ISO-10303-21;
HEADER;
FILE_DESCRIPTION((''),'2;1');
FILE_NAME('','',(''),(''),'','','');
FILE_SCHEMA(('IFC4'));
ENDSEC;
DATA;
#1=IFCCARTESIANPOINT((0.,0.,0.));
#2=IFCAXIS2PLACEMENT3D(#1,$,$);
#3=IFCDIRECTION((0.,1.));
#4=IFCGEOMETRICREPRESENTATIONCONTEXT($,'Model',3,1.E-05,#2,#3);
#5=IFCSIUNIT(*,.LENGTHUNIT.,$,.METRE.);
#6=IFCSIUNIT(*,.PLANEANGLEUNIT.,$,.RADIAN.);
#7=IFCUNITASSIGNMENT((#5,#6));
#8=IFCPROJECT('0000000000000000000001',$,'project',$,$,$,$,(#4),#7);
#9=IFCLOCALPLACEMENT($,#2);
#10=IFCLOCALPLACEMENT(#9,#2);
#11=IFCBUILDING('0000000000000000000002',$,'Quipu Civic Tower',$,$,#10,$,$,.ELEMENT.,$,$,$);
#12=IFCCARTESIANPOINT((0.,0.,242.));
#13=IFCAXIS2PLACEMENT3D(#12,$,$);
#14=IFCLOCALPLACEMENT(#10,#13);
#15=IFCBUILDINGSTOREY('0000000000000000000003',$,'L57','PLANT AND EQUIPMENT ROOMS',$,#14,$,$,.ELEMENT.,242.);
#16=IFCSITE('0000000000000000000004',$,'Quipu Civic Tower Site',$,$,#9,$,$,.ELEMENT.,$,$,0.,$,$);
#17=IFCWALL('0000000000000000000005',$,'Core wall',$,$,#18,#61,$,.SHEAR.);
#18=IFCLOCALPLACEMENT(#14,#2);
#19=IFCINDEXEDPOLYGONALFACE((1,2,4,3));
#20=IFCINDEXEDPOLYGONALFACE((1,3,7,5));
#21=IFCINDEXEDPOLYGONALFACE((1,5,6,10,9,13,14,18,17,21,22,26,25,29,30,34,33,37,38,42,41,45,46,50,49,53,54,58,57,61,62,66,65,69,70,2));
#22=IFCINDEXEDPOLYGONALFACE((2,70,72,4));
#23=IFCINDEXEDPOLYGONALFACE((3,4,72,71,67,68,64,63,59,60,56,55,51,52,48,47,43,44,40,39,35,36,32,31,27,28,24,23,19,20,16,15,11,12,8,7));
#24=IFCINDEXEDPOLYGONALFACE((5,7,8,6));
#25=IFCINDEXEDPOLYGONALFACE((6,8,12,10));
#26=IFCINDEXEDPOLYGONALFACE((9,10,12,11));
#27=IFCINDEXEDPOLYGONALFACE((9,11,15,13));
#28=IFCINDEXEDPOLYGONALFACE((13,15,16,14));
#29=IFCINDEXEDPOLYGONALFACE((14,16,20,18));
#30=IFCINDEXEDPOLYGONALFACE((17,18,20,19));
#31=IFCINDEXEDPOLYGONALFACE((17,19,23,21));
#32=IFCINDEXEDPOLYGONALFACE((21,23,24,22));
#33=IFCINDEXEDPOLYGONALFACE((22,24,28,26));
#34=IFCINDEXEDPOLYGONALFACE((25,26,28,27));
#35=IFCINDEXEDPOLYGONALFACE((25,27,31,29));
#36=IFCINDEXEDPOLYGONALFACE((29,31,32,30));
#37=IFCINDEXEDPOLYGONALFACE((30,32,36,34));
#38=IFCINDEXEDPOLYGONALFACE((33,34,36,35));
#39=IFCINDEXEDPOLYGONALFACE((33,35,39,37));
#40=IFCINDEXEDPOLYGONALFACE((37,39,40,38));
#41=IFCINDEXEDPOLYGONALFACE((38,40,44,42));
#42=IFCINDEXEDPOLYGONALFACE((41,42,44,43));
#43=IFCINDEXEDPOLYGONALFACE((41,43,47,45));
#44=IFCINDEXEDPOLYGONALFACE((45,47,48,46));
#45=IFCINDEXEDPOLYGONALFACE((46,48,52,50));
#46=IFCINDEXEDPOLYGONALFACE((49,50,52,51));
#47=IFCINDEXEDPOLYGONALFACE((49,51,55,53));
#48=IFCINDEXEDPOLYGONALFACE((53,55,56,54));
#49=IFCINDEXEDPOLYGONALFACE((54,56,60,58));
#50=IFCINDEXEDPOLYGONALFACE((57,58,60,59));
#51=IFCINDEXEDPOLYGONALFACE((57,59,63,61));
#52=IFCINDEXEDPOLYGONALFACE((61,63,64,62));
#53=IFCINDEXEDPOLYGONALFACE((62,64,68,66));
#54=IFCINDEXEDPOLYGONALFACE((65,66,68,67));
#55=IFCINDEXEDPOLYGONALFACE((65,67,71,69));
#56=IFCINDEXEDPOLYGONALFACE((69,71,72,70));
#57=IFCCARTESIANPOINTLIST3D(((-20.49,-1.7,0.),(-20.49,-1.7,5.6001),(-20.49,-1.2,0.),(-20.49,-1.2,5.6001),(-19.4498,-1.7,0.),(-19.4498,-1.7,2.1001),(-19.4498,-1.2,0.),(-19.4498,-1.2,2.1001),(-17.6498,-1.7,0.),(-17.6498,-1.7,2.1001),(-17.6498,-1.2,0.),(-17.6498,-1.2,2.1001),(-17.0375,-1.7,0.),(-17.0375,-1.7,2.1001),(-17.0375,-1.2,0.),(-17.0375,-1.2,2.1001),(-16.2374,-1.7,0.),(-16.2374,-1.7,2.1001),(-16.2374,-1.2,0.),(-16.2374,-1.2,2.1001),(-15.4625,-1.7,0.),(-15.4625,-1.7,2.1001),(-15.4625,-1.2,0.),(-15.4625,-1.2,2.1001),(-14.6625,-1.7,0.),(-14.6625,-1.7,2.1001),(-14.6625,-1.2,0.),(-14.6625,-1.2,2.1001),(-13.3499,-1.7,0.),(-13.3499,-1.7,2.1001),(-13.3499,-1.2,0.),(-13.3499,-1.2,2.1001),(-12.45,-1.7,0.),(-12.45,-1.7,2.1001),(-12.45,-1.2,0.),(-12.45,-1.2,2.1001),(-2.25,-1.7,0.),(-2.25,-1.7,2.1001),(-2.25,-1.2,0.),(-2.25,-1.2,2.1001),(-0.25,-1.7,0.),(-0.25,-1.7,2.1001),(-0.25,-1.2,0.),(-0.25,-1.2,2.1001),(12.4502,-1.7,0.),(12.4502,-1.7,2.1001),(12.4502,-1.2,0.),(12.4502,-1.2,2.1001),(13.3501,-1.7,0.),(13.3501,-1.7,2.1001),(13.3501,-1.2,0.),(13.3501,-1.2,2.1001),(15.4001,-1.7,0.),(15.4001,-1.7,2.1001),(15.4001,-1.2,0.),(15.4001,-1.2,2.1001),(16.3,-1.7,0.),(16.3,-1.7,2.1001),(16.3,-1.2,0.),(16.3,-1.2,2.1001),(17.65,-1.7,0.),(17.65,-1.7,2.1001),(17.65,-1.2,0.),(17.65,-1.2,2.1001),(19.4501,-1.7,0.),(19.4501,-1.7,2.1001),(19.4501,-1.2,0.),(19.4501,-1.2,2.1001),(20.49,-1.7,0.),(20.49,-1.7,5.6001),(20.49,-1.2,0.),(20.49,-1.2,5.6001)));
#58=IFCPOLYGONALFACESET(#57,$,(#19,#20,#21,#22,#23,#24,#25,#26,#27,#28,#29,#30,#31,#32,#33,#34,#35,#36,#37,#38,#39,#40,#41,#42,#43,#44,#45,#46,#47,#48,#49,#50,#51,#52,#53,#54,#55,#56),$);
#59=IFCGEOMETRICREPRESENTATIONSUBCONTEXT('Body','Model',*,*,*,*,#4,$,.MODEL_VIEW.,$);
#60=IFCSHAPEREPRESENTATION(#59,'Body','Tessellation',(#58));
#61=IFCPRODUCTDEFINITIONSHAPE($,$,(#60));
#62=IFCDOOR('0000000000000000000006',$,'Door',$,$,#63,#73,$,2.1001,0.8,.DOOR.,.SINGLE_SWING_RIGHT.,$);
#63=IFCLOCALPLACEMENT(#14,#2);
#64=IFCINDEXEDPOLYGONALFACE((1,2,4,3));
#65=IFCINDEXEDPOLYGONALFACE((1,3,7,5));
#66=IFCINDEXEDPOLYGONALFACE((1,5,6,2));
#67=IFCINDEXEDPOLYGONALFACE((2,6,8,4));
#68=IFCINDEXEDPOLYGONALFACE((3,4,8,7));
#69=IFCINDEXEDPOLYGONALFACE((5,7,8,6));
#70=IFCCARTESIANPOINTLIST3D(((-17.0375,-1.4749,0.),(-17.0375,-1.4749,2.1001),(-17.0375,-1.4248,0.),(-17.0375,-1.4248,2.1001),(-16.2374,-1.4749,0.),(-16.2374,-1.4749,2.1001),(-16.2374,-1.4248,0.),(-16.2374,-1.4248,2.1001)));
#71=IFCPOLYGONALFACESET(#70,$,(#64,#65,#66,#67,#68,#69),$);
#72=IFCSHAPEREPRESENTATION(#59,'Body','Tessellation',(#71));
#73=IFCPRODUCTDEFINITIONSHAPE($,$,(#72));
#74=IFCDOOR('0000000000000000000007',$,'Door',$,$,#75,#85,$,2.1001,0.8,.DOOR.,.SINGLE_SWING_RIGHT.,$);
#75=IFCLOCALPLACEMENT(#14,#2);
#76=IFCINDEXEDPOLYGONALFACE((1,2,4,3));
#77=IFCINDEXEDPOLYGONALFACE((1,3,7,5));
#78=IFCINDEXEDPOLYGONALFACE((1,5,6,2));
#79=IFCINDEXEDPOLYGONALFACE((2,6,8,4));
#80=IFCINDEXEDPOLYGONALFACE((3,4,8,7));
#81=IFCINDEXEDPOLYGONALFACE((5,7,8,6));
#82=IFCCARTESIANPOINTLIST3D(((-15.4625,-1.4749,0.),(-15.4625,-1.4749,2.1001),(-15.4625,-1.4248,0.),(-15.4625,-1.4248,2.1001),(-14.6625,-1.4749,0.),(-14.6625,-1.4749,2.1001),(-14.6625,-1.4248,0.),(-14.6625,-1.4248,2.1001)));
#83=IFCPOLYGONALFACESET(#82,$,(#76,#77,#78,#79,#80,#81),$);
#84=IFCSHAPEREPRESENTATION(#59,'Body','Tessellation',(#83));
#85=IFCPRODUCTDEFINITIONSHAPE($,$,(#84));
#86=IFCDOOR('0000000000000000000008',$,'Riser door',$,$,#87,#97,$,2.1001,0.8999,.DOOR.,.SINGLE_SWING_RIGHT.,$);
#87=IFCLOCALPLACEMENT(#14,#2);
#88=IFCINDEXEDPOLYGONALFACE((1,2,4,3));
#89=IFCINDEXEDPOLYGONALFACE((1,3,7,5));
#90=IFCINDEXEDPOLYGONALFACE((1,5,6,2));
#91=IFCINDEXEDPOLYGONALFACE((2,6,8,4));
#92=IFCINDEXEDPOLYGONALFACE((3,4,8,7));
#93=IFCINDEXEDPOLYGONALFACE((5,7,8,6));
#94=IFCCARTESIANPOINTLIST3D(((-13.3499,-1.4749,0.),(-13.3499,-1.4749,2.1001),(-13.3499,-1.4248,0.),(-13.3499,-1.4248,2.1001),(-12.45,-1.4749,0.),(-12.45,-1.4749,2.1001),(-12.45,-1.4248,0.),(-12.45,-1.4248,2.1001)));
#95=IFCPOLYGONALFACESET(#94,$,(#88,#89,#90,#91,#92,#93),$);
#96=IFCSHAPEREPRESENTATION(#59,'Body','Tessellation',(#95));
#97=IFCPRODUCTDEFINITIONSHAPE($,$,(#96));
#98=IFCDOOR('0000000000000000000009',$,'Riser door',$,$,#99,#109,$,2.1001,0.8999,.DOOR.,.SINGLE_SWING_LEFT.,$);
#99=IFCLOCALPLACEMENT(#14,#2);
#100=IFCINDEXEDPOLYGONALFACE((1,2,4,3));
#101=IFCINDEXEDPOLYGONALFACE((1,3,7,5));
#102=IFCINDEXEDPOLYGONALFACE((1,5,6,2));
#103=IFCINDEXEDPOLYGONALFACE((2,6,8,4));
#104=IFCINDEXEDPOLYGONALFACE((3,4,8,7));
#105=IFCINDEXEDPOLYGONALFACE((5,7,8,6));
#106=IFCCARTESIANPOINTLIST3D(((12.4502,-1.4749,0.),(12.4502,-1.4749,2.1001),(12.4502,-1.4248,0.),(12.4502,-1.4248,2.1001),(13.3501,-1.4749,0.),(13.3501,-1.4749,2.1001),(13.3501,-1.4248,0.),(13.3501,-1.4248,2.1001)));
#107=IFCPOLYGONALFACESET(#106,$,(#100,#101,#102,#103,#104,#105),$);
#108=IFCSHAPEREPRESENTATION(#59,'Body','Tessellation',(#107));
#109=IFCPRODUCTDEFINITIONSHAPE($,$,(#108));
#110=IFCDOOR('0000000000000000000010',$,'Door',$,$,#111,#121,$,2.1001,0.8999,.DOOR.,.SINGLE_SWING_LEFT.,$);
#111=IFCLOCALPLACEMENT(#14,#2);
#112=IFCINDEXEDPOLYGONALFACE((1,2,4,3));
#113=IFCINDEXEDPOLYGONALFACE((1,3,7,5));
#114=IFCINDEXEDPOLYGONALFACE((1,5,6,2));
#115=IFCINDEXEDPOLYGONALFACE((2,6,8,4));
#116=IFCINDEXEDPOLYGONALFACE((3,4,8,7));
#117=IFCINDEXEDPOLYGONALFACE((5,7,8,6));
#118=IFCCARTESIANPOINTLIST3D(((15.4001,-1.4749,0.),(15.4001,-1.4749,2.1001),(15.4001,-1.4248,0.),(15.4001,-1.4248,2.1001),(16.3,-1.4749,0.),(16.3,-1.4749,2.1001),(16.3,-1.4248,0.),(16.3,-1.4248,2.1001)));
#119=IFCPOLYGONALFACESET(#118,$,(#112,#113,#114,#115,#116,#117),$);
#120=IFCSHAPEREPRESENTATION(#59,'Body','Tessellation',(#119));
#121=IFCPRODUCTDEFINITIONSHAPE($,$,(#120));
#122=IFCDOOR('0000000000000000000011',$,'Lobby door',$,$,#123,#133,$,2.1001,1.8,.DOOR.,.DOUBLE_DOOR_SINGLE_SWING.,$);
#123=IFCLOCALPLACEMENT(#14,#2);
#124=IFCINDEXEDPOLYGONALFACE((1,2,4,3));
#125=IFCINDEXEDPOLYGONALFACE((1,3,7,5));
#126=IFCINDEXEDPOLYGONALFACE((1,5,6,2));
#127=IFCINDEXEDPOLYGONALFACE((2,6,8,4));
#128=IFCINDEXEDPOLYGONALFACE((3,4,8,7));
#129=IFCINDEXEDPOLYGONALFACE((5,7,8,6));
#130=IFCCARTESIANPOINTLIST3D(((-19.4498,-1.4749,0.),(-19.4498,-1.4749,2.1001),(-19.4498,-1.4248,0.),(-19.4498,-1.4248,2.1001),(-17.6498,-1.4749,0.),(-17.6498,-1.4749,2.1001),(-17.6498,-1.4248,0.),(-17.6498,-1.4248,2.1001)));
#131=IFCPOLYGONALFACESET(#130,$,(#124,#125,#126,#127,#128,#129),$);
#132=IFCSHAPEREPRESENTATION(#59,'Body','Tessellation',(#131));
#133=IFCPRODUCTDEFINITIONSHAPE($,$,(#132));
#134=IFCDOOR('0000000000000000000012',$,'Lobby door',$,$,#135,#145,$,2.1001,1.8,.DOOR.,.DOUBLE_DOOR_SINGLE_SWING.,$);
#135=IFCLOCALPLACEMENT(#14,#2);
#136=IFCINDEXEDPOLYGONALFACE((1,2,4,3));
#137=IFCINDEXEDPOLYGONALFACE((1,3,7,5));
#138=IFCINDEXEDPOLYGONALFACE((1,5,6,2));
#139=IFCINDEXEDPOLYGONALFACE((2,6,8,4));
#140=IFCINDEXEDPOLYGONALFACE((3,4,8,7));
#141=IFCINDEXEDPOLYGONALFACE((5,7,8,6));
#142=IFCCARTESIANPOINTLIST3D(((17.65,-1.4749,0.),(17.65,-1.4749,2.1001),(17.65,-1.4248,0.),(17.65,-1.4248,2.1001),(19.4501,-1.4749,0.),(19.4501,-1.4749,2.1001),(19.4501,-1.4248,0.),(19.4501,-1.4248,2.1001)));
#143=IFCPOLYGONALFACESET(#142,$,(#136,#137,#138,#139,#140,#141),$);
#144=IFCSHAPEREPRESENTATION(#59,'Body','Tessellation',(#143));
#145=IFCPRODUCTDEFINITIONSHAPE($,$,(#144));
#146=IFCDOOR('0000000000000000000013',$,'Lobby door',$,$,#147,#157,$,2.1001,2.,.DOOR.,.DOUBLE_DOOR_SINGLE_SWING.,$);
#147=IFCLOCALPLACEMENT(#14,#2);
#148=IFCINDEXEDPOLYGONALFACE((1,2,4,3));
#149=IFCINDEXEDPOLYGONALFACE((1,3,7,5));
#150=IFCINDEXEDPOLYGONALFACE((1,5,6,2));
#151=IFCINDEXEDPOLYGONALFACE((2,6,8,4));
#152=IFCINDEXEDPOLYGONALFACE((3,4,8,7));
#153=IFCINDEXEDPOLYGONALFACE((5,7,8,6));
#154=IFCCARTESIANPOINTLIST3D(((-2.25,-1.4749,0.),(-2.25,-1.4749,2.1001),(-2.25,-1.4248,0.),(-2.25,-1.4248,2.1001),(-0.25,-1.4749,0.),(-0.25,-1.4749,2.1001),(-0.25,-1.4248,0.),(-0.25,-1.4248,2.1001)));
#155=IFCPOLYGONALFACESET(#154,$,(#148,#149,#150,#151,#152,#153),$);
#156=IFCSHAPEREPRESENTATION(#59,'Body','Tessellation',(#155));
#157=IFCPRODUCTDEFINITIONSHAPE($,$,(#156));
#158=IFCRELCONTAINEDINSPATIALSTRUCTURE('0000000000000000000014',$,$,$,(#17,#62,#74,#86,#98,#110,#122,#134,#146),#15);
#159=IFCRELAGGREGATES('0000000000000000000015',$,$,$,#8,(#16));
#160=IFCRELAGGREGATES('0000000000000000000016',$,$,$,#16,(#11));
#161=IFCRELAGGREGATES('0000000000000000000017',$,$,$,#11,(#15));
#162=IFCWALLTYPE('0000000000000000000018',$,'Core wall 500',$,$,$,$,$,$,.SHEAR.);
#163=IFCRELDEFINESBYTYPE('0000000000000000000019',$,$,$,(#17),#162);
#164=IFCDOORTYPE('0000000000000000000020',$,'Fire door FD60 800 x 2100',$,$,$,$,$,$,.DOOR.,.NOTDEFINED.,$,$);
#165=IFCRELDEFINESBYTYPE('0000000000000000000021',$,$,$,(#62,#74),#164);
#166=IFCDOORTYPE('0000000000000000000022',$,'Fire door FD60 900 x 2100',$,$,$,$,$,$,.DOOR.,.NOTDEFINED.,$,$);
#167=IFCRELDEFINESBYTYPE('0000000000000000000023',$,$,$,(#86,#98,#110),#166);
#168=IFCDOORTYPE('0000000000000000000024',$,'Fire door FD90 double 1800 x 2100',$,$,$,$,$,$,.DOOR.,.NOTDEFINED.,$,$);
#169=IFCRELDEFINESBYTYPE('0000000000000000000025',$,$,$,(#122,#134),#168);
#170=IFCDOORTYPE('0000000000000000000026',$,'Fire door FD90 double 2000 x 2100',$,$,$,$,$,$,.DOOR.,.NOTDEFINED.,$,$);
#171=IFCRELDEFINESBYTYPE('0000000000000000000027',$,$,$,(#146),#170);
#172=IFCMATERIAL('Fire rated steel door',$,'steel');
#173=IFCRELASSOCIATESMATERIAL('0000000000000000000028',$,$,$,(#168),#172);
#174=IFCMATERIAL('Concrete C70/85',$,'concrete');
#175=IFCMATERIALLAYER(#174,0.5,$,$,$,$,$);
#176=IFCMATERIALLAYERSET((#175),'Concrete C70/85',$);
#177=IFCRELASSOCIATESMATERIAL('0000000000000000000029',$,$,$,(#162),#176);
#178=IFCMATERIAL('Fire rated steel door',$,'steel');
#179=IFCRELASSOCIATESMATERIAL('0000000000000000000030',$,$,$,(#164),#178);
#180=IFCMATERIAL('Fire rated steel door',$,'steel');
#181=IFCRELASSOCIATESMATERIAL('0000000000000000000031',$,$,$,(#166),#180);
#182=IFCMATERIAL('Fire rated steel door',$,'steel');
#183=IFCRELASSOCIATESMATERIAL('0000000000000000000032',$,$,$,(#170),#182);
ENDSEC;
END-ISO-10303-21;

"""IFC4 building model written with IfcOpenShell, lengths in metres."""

from ifc_helpers import new_model, si_unit, direction, frame, frame_2d, origin, place, context, subcontext, project, spatial, rectangle, extrude, material, layer, layer_set, type_object, element, fill, save


model = new_model("IFC4")

# Units and contexts
model_context = context("Model", 3, precision=1e-05, world=origin(), true_north=direction((0.0, 1.0)))
body_context = subcontext(model_context, "Body", "Model", "MODEL_VIEW")
ifc_project = project(units=[si_unit("LENGTHUNIT", "METRE"), si_unit("PLANEANGLEUNIT", "RADIAN")], contexts=[model_context])

# Site, building, storey
site_placement = place(None, origin())
site = spatial("IfcSite", under=ifc_project, at=site_placement, Name="Quipu Civic Tower Site", CompositionType="ELEMENT", RefElevation=0.0)
building_placement = place(site_placement, origin())
building = spatial("IfcBuilding", under=site, at=building_placement, Name="Quipu Civic Tower", CompositionType="ELEMENT")
storey_placement = place(building_placement, frame((0.0, 0.0, 242.0)))
storey = spatial("IfcBuildingStorey", under=building, at=storey_placement, Name="L57", Description="PLANT AND EQUIPMENT ROOMS", CompositionType="ELEMENT", Elevation=242.0)

# Shared definitions
ifc_material_1 = material(Name="Fire rated steel door", Category="steel")
door_type_1 = type_object("IfcDoorType", Name="Fire door FD90 double 1800 x 2100", OperationType="NOTDEFINED", PredefinedType="DOOR", material=ifc_material_1)

# Shared definitions
ifc_material_2 = material(Name="Concrete C70/85", Category="concrete")
ifc_layer_1 = layer(ifc_material_2, 0.5)
ifc_layer_set_1 = layer_set([ifc_layer_1], Name="Concrete C70/85")
wall_type_1 = type_object("IfcWallType", Name="Core wall 500", PredefinedType="SHEAR", material=ifc_layer_set_1)

# Wall, openings, doors
wall_1_placement = place(storey_placement, frame((20.49, -1.45, 0.0), z_axis=(0.0, 0.0, 1.0), x_axis=(-1.0, 0.0, 0.0)))
wall_1 = element("IfcWall", 1, at=wall_1_placement, inside=storey, type_object=wall_type_1, Name="Core wall", PredefinedType="SHEAR", context=body_context, shape_type="SweptSolid", body=[
    extrude(rectangle(XDim=40.98, YDim=0.5, at=frame_2d((20.49, 0.0))), origin(), (0.0, 0.0, 1.0), 5.6001),
])
opening_1_placement = place(wall_1_placement, frame((38.1399, 0.0, 0.0)))
opening_1 = element("IfcOpeningElement", 2, at=opening_1_placement, cuts=wall_1, PredefinedType="OPENING", context=body_context, shape_type="SweptSolid", body=[
    extrude(rectangle(XDim=1.8, YDim=2.1001, at=frame_2d((0.8999, 1.05))), frame((0.0, 0.26, 0.0), z_axis=(0.0, -1.0, 0.0), x_axis=(1.0, 0.0, 0.0)), (0.0, 0.0, 1.0), 0.52),
])
opening_2_placement = place(wall_1_placement, frame((36.7275, 0.0, 0.0)))
opening_2 = element("IfcOpeningElement", 3, at=opening_2_placement, cuts=wall_1, PredefinedType="OPENING", context=body_context, shape_type="SweptSolid", body=[
    extrude(rectangle(XDim=0.8, YDim=2.1001, at=frame_2d((0.3999, 1.05))), frame((0.0, 0.26, 0.0), z_axis=(0.0, -1.0, 0.0), x_axis=(1.0, 0.0, 0.0)), (0.0, 0.0, 1.0), 0.52),
])
opening_3_placement = place(wall_1_placement, frame((35.1526, 0.0, 0.0)))
opening_3 = element("IfcOpeningElement", 4, at=opening_3_placement, cuts=wall_1, PredefinedType="OPENING", context=body_context, shape_type="SweptSolid", body=[
    extrude(rectangle(XDim=0.8, YDim=2.1001, at=frame_2d((0.3999, 1.05))), frame((0.0, 0.26, 0.0), z_axis=(0.0, -1.0, 0.0), x_axis=(1.0, 0.0, 0.0)), (0.0, 0.0, 1.0), 0.52),
])
opening_4_placement = place(wall_1_placement, frame((32.9399, 0.0, 0.0)))
opening_4 = element("IfcOpeningElement", 5, at=opening_4_placement, cuts=wall_1, PredefinedType="OPENING", context=body_context, shape_type="SweptSolid", body=[
    extrude(rectangle(XDim=0.8999, YDim=2.1001, at=frame_2d((0.45, 1.05))), frame((0.0, 0.26, 0.0), z_axis=(0.0, -1.0, 0.0), x_axis=(1.0, 0.0, 0.0)), (0.0, 0.0, 1.0), 0.52),
])
opening_5_placement = place(wall_1_placement, frame((20.74, 0.0, 0.0)))
opening_5 = element("IfcOpeningElement", 6, at=opening_5_placement, cuts=wall_1, PredefinedType="OPENING", context=body_context, shape_type="SweptSolid", body=[
    extrude(rectangle(XDim=2.0, YDim=2.1001, at=frame_2d((1.0, 1.05))), frame((0.0, 0.26, 0.0), z_axis=(0.0, -1.0, 0.0), x_axis=(1.0, 0.0, 0.0)), (0.0, 0.0, 1.0), 0.52),
])
opening_6_placement = place(wall_1_placement, frame((7.1399, 0.0, 0.0)))
opening_6 = element("IfcOpeningElement", 7, at=opening_6_placement, cuts=wall_1, PredefinedType="OPENING", context=body_context, shape_type="SweptSolid", body=[
    extrude(rectangle(XDim=0.8999, YDim=2.1001, at=frame_2d((0.45, 1.05))), frame((0.0, 0.26, 0.0), z_axis=(0.0, -1.0, 0.0), x_axis=(1.0, 0.0, 0.0)), (0.0, 0.0, 1.0), 0.52),
])
opening_7_placement = place(wall_1_placement, frame((4.1899, 0.0, 0.0)))
opening_7 = element("IfcOpeningElement", 8, at=opening_7_placement, cuts=wall_1, PredefinedType="OPENING", context=body_context, shape_type="SweptSolid", body=[
    extrude(rectangle(XDim=0.8999, YDim=2.1001, at=frame_2d((0.45, 1.05))), frame((0.0, 0.26, 0.0), z_axis=(0.0, -1.0, 0.0), x_axis=(1.0, 0.0, 0.0)), (0.0, 0.0, 1.0), 0.52),
])
opening_8_placement = place(wall_1_placement, frame((1.04, 0.0, 0.0)))
opening_8 = element("IfcOpeningElement", 9, at=opening_8_placement, cuts=wall_1, PredefinedType="OPENING", context=body_context, shape_type="SweptSolid", body=[
    extrude(rectangle(XDim=1.8, YDim=2.1001, at=frame_2d((0.8999, 1.05))), frame((0.0, 0.26, 0.0), z_axis=(0.0, -1.0, 0.0), x_axis=(1.0, 0.0, 0.0)), (0.0, 0.0, 1.0), 0.52),
])
ifc_material_3 = material(Name="Fire rated steel door", Category="steel")
door_type_2 = type_object("IfcDoorType", Name="Fire door FD60 800 x 2100", OperationType="NOTDEFINED", PredefinedType="DOOR", material=ifc_material_3)
door_1_placement = place(opening_2_placement, origin())
door_1 = element("IfcDoor", 10, at=door_1_placement, inside=storey, type_object=door_type_2, Name="Door", OperationType="SINGLE_SWING_RIGHT", OverallHeight=2.1001, OverallWidth=0.8, PredefinedType="DOOR", context=body_context, shape_type="SweptSolid", body=[
    extrude(rectangle(XDim=0.8, YDim=2.1001, at=frame_2d((0.3999, 1.05))), frame((0.0, 0.0249, 0.0), z_axis=(0.0, -1.0, 0.0), x_axis=(1.0, 0.0, 0.0)), (0.0, 0.0, 1.0), 0.05),
])
fill(opening_2, door_1)
door_2_placement = place(opening_3_placement, origin())
door_2 = element("IfcDoor", 11, at=door_2_placement, inside=storey, type_object=door_type_2, Name="Door", OperationType="SINGLE_SWING_RIGHT", OverallHeight=2.1001, OverallWidth=0.8, PredefinedType="DOOR", context=body_context, shape_type="SweptSolid", body=[
    extrude(rectangle(XDim=0.8, YDim=2.1001, at=frame_2d((0.3999, 1.05))), frame((0.0, 0.0249, 0.0), z_axis=(0.0, -1.0, 0.0), x_axis=(1.0, 0.0, 0.0)), (0.0, 0.0, 1.0), 0.05),
])
fill(opening_3, door_2)
ifc_material_4 = material(Name="Fire rated steel door", Category="steel")
door_type_3 = type_object("IfcDoorType", Name="Fire door FD60 900 x 2100", OperationType="NOTDEFINED", PredefinedType="DOOR", material=ifc_material_4)
door_3_placement = place(opening_4_placement, origin())
door_3 = element("IfcDoor", 12, at=door_3_placement, inside=storey, type_object=door_type_3, Name="Riser door", OperationType="SINGLE_SWING_RIGHT", OverallHeight=2.1001, OverallWidth=0.8999, PredefinedType="DOOR", context=body_context, shape_type="SweptSolid", body=[
    extrude(rectangle(XDim=0.8999, YDim=2.1001, at=frame_2d((0.45, 1.05))), frame((0.0, 0.0249, 0.0), z_axis=(0.0, -1.0, 0.0), x_axis=(1.0, 0.0, 0.0)), (0.0, 0.0, 1.0), 0.05),
])
fill(opening_4, door_3)
door_4_placement = place(opening_6_placement, origin())
door_4 = element("IfcDoor", 13, at=door_4_placement, inside=storey, type_object=door_type_3, Name="Riser door", OperationType="SINGLE_SWING_LEFT", OverallHeight=2.1001, OverallWidth=0.8999, PredefinedType="DOOR", context=body_context, shape_type="SweptSolid", body=[
    extrude(rectangle(XDim=0.8999, YDim=2.1001, at=frame_2d((0.45, 1.05))), frame((0.0, 0.0249, 0.0), z_axis=(0.0, -1.0, 0.0), x_axis=(1.0, 0.0, 0.0)), (0.0, 0.0, 1.0), 0.05),
])
fill(opening_6, door_4)
door_5_placement = place(opening_7_placement, origin())
door_5 = element("IfcDoor", 14, at=door_5_placement, inside=storey, type_object=door_type_3, Name="Door", OperationType="SINGLE_SWING_LEFT", OverallHeight=2.1001, OverallWidth=0.8999, PredefinedType="DOOR", context=body_context, shape_type="SweptSolid", body=[
    extrude(rectangle(XDim=0.8999, YDim=2.1001, at=frame_2d((0.45, 1.05))), frame((0.0, 0.0249, 0.0), z_axis=(0.0, -1.0, 0.0), x_axis=(1.0, 0.0, 0.0)), (0.0, 0.0, 1.0), 0.05),
])
fill(opening_7, door_5)
door_6_placement = place(opening_1_placement, origin())
door_6 = element("IfcDoor", 15, at=door_6_placement, inside=storey, type_object=door_type_1, Name="Lobby door", OperationType="DOUBLE_DOOR_SINGLE_SWING", OverallHeight=2.1001, OverallWidth=1.8, PredefinedType="DOOR", context=body_context, shape_type="SweptSolid", body=[
    extrude(rectangle(XDim=1.8, YDim=2.1001, at=frame_2d((0.8999, 1.05))), frame((0.0, 0.0249, 0.0), z_axis=(0.0, -1.0, 0.0), x_axis=(1.0, 0.0, 0.0)), (0.0, 0.0, 1.0), 0.05),
])
fill(opening_1, door_6)
door_7_placement = place(opening_8_placement, origin())
door_7 = element("IfcDoor", 16, at=door_7_placement, inside=storey, type_object=door_type_1, Name="Lobby door", OperationType="DOUBLE_DOOR_SINGLE_SWING", OverallHeight=2.1001, OverallWidth=1.8, PredefinedType="DOOR", context=body_context, shape_type="SweptSolid", body=[
    extrude(rectangle(XDim=1.8, YDim=2.1001, at=frame_2d((0.8999, 1.05))), frame((0.0, 0.0249, 0.0), z_axis=(0.0, -1.0, 0.0), x_axis=(1.0, 0.0, 0.0)), (0.0, 0.0, 1.0), 0.05),
])
fill(opening_8, door_7)
ifc_material_5 = material(Name="Fire rated steel door", Category="steel")
door_type_4 = type_object("IfcDoorType", Name="Fire door FD90 double 2000 x 2100", OperationType="NOTDEFINED", PredefinedType="DOOR", material=ifc_material_5)
door_8_placement = place(opening_5_placement, origin())
door_8 = element("IfcDoor", 17, at=door_8_placement, inside=storey, type_object=door_type_4, Name="Lobby door", OperationType="DOUBLE_DOOR_SINGLE_SWING", OverallHeight=2.1001, OverallWidth=2.0, PredefinedType="DOOR", context=body_context, shape_type="SweptSolid", body=[
    extrude(rectangle(XDim=2.0, YDim=2.1001, at=frame_2d((1.0, 1.05))), frame((0.0, 0.0249, 0.0), z_axis=(0.0, -1.0, 0.0), x_axis=(1.0, 0.0, 0.0)), (0.0, 0.0, 1.0), 0.05),
])
fill(opening_5, door_8)

save(model, "model.ifc")
